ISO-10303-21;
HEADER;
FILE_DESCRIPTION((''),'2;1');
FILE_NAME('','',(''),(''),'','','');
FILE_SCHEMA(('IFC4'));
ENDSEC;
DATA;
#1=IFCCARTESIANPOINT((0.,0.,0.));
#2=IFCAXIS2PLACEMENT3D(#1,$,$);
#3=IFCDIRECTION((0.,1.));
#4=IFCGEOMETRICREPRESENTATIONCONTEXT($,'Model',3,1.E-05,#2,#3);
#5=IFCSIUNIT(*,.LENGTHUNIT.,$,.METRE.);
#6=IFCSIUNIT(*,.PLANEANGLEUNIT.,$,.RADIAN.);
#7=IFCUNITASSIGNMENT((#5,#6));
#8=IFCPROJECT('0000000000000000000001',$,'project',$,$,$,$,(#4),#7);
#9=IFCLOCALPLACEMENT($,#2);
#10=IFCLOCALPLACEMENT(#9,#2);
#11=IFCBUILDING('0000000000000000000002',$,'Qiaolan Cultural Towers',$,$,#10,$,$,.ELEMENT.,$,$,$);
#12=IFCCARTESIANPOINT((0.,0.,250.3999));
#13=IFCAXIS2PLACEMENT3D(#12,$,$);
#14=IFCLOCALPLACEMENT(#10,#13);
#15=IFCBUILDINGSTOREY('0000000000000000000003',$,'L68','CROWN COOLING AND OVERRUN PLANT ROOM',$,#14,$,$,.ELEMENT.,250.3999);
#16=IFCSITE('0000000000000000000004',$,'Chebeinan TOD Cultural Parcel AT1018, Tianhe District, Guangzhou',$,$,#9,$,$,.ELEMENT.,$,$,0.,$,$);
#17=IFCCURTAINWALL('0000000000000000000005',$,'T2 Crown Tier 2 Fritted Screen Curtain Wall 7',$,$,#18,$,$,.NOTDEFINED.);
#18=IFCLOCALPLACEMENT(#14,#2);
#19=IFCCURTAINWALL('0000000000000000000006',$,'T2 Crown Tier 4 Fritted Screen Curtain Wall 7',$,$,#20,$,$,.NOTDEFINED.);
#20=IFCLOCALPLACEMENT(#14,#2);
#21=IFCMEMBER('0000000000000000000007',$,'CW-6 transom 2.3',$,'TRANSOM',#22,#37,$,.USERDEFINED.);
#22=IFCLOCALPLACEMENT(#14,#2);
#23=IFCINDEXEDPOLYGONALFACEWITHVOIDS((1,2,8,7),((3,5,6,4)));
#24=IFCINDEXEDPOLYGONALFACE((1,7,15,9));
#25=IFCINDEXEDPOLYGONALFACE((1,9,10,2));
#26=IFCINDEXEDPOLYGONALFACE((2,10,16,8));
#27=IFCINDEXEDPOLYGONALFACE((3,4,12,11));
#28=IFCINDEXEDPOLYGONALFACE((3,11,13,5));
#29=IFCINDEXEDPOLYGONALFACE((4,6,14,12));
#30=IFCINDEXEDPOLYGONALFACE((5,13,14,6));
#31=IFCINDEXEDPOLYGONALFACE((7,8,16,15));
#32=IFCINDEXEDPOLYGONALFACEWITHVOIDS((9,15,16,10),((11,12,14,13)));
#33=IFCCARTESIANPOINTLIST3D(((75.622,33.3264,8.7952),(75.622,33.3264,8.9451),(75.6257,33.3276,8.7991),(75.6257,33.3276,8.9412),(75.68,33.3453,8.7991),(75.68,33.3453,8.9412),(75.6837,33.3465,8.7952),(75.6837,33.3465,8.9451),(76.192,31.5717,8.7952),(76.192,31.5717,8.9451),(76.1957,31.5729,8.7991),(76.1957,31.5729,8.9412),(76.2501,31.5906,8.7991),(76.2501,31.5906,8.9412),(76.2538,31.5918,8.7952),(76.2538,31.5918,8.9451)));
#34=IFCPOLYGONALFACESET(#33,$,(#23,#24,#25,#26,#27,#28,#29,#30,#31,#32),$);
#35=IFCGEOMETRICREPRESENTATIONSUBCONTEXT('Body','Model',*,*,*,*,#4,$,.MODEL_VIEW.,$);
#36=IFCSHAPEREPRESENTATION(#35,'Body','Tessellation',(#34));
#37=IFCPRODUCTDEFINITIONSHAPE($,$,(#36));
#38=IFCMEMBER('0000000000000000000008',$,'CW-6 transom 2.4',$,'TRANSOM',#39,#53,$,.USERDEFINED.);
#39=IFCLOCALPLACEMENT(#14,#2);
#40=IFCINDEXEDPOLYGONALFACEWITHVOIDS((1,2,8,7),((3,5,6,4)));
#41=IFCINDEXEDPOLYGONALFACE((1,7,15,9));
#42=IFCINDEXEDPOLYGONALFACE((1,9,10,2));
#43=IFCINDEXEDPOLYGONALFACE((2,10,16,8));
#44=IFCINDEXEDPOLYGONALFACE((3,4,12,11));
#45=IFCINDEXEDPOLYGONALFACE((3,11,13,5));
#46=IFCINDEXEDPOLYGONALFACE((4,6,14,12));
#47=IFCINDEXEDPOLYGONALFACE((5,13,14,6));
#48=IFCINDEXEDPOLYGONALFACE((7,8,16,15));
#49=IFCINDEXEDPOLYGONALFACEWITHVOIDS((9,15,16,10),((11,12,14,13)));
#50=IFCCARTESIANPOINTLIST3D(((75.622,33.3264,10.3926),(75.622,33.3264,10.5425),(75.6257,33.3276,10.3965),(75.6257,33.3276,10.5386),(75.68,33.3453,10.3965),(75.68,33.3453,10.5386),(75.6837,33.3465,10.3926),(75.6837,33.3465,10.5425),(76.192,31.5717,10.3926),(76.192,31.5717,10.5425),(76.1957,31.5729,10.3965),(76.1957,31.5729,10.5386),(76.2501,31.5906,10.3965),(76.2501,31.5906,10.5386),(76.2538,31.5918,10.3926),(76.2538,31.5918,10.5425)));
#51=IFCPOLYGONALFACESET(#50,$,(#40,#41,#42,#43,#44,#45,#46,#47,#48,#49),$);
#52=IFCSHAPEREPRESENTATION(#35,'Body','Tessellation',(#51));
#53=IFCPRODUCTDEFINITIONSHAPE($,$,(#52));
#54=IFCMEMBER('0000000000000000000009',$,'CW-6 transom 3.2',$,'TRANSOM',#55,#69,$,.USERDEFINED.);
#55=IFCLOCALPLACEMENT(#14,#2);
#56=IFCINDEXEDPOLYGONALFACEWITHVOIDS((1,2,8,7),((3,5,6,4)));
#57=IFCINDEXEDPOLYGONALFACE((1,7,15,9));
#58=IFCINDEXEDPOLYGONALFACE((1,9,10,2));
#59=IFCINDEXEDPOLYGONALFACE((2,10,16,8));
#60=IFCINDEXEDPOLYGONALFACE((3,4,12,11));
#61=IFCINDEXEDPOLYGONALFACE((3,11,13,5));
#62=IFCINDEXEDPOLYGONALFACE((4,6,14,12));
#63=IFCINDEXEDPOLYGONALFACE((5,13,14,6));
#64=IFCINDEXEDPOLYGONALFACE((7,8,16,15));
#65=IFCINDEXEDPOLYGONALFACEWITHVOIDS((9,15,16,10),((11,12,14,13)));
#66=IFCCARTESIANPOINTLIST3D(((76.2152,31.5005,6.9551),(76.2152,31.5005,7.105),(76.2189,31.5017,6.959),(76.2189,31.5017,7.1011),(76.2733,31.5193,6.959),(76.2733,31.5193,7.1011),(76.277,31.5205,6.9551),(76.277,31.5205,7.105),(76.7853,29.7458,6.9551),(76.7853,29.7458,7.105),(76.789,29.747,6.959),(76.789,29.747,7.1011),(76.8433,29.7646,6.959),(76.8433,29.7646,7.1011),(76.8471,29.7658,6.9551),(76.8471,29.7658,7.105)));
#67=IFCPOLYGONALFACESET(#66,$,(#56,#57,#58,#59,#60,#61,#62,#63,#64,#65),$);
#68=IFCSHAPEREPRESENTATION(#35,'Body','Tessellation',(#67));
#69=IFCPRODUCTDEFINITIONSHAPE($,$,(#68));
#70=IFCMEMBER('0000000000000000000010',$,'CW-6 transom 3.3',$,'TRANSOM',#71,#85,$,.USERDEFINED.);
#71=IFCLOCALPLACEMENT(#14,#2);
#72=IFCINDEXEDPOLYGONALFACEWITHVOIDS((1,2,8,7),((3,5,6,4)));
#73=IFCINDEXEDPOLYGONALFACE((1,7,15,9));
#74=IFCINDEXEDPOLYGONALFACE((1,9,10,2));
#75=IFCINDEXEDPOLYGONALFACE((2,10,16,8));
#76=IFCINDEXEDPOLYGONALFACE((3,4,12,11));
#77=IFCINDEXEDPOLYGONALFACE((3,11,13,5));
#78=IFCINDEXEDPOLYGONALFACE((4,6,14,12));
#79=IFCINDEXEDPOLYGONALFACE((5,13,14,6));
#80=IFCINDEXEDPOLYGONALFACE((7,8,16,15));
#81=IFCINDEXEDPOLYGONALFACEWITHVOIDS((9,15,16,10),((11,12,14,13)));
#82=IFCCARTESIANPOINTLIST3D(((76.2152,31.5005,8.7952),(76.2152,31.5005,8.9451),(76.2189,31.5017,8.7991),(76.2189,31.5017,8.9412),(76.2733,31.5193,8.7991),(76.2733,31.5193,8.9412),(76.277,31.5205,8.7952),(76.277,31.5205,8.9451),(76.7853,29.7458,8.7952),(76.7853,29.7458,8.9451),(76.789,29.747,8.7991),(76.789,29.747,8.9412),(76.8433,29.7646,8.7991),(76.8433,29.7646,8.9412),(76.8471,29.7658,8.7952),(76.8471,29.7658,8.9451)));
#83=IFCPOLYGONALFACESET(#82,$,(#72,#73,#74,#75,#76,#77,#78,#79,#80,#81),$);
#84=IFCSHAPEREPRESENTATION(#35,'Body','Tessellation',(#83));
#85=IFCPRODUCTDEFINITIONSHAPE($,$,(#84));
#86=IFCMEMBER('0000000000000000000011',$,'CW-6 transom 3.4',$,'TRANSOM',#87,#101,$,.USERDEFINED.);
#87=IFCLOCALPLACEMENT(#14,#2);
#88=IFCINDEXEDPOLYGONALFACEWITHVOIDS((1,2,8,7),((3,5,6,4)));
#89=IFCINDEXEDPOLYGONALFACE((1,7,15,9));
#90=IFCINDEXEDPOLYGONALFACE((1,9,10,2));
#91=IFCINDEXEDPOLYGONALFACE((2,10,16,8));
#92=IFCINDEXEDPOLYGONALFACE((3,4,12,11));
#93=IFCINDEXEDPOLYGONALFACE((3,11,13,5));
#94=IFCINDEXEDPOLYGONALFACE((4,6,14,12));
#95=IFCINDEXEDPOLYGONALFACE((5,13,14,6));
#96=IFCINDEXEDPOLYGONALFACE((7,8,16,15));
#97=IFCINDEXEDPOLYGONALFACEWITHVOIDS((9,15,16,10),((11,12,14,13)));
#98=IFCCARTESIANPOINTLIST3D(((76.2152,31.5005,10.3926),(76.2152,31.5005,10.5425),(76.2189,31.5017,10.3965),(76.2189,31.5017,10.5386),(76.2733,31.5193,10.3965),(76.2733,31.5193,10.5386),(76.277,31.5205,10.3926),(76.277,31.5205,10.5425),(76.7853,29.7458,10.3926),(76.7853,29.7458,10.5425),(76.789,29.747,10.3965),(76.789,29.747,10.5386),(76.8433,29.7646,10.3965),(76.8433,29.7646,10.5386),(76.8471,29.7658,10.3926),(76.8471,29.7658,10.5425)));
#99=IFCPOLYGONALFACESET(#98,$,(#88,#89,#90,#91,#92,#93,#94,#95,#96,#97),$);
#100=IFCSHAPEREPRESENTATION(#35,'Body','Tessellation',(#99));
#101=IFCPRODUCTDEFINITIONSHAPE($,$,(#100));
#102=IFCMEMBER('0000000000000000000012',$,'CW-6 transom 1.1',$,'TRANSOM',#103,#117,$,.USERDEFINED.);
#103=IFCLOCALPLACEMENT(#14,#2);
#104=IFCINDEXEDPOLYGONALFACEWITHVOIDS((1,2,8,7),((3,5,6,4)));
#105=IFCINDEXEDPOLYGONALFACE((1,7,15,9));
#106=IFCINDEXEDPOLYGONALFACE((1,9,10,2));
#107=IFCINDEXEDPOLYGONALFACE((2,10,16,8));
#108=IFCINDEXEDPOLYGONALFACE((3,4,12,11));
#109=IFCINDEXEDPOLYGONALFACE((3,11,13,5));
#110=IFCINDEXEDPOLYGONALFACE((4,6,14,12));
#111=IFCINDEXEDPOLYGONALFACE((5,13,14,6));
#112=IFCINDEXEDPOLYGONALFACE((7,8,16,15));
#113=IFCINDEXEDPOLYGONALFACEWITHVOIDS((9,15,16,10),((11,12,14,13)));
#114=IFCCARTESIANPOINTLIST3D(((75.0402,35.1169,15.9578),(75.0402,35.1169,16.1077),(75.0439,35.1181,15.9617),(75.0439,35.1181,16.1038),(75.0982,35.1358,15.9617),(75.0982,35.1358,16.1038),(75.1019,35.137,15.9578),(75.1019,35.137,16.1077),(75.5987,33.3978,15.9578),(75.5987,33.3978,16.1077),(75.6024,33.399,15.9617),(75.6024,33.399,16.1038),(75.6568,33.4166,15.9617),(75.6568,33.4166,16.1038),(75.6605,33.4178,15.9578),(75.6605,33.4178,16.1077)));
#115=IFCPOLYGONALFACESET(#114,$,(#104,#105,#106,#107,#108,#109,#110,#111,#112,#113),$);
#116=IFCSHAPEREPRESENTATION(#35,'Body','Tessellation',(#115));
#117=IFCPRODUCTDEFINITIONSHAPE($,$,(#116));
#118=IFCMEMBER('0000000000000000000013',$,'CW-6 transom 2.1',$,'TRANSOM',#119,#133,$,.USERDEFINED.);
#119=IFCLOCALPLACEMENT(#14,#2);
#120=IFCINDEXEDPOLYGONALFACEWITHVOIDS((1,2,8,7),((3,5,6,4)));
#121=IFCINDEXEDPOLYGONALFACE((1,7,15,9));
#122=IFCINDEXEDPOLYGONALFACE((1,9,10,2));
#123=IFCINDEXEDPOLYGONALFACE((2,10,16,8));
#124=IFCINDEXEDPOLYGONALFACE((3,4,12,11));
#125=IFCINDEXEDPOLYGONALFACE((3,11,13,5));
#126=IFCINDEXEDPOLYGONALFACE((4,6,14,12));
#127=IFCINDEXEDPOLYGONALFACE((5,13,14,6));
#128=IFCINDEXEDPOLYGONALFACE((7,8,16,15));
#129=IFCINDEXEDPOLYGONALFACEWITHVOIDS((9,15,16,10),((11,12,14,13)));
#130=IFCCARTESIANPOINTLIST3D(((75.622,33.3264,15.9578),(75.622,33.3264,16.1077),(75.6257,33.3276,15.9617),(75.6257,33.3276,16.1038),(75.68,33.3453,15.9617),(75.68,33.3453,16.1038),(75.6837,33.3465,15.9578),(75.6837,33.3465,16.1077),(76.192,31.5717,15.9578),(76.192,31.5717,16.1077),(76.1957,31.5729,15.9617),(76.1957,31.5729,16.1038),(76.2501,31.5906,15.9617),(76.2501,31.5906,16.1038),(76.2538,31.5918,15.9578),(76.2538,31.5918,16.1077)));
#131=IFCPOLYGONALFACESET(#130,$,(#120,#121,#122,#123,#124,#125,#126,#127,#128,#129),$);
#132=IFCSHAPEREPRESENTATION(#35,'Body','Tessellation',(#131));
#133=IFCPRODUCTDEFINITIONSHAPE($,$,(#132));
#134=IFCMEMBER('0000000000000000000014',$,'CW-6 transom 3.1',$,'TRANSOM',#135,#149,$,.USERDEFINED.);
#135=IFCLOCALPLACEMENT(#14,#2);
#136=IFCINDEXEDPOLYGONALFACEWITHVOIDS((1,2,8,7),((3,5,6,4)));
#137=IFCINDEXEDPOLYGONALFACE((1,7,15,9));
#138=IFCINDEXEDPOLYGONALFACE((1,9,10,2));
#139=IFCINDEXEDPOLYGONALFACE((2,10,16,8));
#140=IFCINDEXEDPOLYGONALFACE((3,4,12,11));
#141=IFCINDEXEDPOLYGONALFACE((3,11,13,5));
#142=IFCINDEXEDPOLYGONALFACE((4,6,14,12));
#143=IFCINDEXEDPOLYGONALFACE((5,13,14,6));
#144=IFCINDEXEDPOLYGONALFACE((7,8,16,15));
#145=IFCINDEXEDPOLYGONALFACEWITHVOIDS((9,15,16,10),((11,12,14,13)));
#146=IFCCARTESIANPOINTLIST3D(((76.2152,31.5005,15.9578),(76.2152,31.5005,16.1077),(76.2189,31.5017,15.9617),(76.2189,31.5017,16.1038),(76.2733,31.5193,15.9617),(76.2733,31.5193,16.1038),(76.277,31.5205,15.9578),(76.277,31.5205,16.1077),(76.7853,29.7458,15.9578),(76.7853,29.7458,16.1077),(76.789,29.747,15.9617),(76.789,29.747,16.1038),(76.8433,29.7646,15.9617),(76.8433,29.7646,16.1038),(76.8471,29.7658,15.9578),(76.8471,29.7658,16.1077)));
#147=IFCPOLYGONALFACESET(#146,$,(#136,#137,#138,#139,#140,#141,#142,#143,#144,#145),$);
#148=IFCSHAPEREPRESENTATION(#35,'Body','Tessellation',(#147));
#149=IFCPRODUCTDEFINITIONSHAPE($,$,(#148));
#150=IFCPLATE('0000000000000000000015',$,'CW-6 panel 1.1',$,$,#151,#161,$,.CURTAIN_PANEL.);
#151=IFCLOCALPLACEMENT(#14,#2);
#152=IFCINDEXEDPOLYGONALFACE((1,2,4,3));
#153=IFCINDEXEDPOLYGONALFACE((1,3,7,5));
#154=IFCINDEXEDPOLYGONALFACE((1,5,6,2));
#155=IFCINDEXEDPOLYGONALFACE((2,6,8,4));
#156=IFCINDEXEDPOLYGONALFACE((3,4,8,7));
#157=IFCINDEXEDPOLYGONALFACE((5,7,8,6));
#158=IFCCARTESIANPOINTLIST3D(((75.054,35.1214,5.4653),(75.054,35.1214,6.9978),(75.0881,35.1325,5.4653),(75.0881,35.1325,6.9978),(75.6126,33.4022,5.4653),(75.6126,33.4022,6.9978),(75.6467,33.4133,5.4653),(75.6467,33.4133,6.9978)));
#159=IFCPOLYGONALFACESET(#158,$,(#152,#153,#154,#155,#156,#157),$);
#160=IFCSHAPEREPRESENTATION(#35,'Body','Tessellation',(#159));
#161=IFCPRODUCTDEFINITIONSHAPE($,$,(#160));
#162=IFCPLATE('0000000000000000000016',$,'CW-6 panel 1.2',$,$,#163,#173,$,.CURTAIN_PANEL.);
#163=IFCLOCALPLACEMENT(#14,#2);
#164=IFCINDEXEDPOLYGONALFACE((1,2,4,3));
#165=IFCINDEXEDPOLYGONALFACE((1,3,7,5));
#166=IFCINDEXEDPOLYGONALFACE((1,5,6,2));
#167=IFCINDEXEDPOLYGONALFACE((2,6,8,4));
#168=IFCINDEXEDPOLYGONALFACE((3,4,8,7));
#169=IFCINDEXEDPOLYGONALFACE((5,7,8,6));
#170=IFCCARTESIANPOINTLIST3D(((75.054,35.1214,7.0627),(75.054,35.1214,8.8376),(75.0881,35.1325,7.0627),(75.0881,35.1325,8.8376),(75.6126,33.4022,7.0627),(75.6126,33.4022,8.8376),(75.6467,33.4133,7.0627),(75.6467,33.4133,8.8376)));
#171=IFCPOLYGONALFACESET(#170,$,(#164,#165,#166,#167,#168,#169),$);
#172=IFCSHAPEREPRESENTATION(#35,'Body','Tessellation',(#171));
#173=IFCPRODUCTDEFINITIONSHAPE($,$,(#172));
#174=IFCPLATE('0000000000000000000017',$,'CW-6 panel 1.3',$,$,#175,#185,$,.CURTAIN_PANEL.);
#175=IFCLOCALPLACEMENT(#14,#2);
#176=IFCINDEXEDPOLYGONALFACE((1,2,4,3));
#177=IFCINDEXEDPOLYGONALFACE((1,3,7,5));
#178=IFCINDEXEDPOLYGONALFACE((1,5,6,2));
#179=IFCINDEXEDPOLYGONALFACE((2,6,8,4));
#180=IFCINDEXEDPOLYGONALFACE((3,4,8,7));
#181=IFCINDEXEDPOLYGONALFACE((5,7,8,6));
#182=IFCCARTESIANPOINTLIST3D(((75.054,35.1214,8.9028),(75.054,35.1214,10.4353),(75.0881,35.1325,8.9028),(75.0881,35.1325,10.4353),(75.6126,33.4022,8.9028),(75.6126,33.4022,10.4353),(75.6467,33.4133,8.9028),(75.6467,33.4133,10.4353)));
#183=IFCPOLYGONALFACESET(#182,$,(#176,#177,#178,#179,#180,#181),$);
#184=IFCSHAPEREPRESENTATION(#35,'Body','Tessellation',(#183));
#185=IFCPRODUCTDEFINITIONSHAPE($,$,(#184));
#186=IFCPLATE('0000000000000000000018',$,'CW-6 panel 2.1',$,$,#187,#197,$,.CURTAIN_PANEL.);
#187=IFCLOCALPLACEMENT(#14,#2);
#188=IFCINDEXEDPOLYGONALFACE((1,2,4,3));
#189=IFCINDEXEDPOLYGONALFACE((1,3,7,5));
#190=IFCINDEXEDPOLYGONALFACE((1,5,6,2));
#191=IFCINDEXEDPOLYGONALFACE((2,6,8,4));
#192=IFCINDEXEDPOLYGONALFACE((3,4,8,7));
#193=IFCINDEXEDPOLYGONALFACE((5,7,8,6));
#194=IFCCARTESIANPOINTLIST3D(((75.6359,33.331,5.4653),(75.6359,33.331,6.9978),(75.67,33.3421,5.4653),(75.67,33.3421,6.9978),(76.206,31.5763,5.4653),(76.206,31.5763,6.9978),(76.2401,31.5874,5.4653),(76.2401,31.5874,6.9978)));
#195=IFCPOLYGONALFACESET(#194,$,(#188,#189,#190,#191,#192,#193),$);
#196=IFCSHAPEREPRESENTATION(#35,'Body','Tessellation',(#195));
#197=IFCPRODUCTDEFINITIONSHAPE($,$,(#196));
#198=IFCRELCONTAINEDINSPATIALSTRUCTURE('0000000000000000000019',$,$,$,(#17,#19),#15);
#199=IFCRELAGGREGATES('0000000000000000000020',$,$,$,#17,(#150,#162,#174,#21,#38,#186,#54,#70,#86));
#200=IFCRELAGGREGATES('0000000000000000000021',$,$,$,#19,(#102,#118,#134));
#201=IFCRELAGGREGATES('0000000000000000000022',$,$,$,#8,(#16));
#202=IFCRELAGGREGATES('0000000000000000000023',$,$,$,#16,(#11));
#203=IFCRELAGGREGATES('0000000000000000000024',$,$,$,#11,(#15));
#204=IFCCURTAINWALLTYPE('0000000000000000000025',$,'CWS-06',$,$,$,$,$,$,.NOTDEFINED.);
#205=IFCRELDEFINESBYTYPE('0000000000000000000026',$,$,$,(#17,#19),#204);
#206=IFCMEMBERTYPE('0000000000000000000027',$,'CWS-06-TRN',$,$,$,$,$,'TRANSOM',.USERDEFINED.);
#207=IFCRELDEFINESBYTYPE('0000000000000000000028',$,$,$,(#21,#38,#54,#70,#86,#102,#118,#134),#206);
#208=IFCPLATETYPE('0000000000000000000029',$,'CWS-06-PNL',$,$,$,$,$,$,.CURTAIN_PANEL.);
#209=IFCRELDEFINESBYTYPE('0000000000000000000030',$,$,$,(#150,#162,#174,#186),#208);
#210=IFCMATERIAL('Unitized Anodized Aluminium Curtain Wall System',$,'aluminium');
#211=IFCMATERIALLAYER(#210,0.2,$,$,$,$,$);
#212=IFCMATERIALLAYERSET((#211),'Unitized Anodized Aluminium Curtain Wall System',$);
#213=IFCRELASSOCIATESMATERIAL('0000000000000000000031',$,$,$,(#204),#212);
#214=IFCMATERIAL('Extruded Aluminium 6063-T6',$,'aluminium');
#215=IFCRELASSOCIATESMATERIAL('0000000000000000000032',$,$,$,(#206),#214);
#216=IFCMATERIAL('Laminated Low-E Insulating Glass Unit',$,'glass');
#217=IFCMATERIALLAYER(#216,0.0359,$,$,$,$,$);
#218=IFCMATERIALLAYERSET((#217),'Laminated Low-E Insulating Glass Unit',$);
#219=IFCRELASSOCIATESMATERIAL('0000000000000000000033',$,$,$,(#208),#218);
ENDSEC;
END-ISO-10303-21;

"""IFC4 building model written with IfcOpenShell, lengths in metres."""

from ifc_helpers import new_model, si_unit, direction, frame, origin, origin_2d, place, context, subcontext, project, spatial, rectangle, hollow_rectangle, extrude, material, layer, layer_set, material_profile, profile_set, type_object, element, aggregate, save


model = new_model("IFC4")

# Units and contexts
model_context = context("Model", 3, precision=1e-05, world=origin(), true_north=direction((0.0, 1.0)))
body_context = subcontext(model_context, "Body", "Model", "MODEL_VIEW")
ifc_project = project(units=[si_unit("LENGTHUNIT", "METRE"), si_unit("PLANEANGLEUNIT", "RADIAN")], contexts=[model_context])

# Site, building, storey
site_placement = place(None, origin())
site = spatial("IfcSite", under=ifc_project, at=site_placement, Name="Chebeinan TOD Cultural Parcel AT1018, Tianhe District, Guangzhou", CompositionType="ELEMENT", RefElevation=0.0)
building_placement = place(site_placement, origin())
building = spatial("IfcBuilding", under=site, at=building_placement, Name="Qiaolan Cultural Towers", CompositionType="ELEMENT")
storey_placement = place(building_placement, frame((0.0, 0.0, 250.3999)))
storey = spatial("IfcBuildingStorey", under=building, at=storey_placement, Name="L68", Description="CROWN COOLING AND OVERRUN PLANT ROOM", CompositionType="ELEMENT", Elevation=250.3999)

# Curtain walls
ifc_material_1 = material(Name="Unitized Anodized Aluminium Curtain Wall System", Category="aluminium")
ifc_layer_1 = layer(ifc_material_1, 0.2)
ifc_layer_set_1 = layer_set([ifc_layer_1], Name="Unitized Anodized Aluminium Curtain Wall System")
curtain_wall_type = type_object("IfcCurtainWallType", Name="CWS-06", PredefinedType="NOTDEFINED", material=ifc_layer_set_1)
curtain_wall_1_placement = place(storey_placement, origin())
curtain_wall_1 = element("IfcCurtainWall", 1, at=curtain_wall_1_placement, inside=storey, type_object=curtain_wall_type, Name="T2 Crown Tier 2 Fritted Screen Curtain Wall 7", PredefinedType="NOTDEFINED")
curtain_wall_2_placement = place(storey_placement, origin())
curtain_wall_2 = element("IfcCurtainWall", 2, at=curtain_wall_2_placement, inside=storey, type_object=curtain_wall_type, Name="T2 Crown Tier 4 Fritted Screen Curtain Wall 7", PredefinedType="NOTDEFINED")

# Members
ifc_material_2 = material(Name="Extruded Aluminium 6063-T6", Category="aluminium")
ifc_material_profile_1 = material_profile(ifc_material_2, hollow_rectangle(XDim=0.0649, YDim=0.1499, WallThickness=0.0039, at=origin_2d()), Name="CWT-150x65x4")
ifc_profile_set_1 = profile_set([ifc_material_profile_1], Name="Extruded Aluminium 6063-T6")
member_type_1 = type_object("IfcMemberType", Name="CWS-06-TRN", ElementType="TRANSOM", PredefinedType="USERDEFINED", material=ifc_profile_set_1)
member_1_placement = place(storey_placement, frame((75.6528, 33.3364, 8.8701), z_axis=(0.308993, -0.951064, 0.0), x_axis=(0.951064, 0.308993, 0.0)))
member_1 = element("IfcMember", 3, at=member_1_placement, type_object=member_type_1, Name="CW-6 transom 2.3", ObjectType="TRANSOM", PredefinedType="USERDEFINED", context=body_context, shape_type="SweptSolid", body=[
    extrude(hollow_rectangle(XDim=0.0649, YDim=0.1499, WallThickness=0.0039, at=origin_2d()), origin(), (0.0, 0.0, 1.0), 1.845),
])
member_2_placement = place(storey_placement, frame((75.6528, 33.3364, 10.4675), z_axis=(0.308993, -0.951064, 0.0), x_axis=(0.951064, 0.308993, 0.0)))
member_2 = element("IfcMember", 4, at=member_2_placement, type_object=member_type_1, Name="CW-6 transom 2.4", ObjectType="TRANSOM", PredefinedType="USERDEFINED", context=body_context, shape_type="SweptSolid", body=[
    extrude(hollow_rectangle(XDim=0.0649, YDim=0.1499, WallThickness=0.0039, at=origin_2d()), origin(), (0.0, 0.0, 1.0), 1.845),
])
member_3_placement = place(storey_placement, frame((76.2461, 31.5105, 7.03), z_axis=(0.308993, -0.951064, 0.0), x_axis=(0.951064, 0.308993, 0.0)))
member_3 = element("IfcMember", 5, at=member_3_placement, type_object=member_type_1, Name="CW-6 transom 3.2", ObjectType="TRANSOM", PredefinedType="USERDEFINED", context=body_context, shape_type="SweptSolid", body=[
    extrude(hollow_rectangle(XDim=0.0649, YDim=0.1499, WallThickness=0.0039, at=origin_2d()), origin(), (0.0, 0.0, 1.0), 1.845),
])
member_4_placement = place(storey_placement, frame((76.2461, 31.5105, 8.8701), z_axis=(0.308993, -0.951064, 0.0), x_axis=(0.951064, 0.308993, 0.0)))
member_4 = element("IfcMember", 6, at=member_4_placement, type_object=member_type_1, Name="CW-6 transom 3.3", ObjectType="TRANSOM", PredefinedType="USERDEFINED", context=body_context, shape_type="SweptSolid", body=[
    extrude(hollow_rectangle(XDim=0.0649, YDim=0.1499, WallThickness=0.0039, at=origin_2d()), origin(), (0.0, 0.0, 1.0), 1.845),
])
member_5_placement = place(storey_placement, frame((76.2461, 31.5105, 10.4675), z_axis=(0.308993, -0.951064, 0.0), x_axis=(0.951064, 0.308993, 0.0)))
member_5 = element("IfcMember", 7, at=member_5_placement, type_object=member_type_1, Name="CW-6 transom 3.4", ObjectType="TRANSOM", PredefinedType="USERDEFINED", context=body_context, shape_type="SweptSolid", body=[
    extrude(hollow_rectangle(XDim=0.0649, YDim=0.1499, WallThickness=0.0039, at=origin_2d()), origin(), (0.0, 0.0, 1.0), 1.845),
])
member_6_placement = place(storey_placement, frame((75.071, 35.127, 16.0327), z_axis=(0.309007, -0.95106, 0.0), x_axis=(0.95106, 0.309007, 0.0)))
member_6 = element("IfcMember", 8, at=member_6_placement, type_object=member_type_1, Name="CW-6 transom 1.1", ObjectType="TRANSOM", PredefinedType="USERDEFINED", context=body_context, shape_type="SweptSolid", body=[
    extrude(hollow_rectangle(XDim=0.0649, YDim=0.1499, WallThickness=0.0039, at=origin_2d()), origin(), (0.0, 0.0, 1.0), 1.8076),
])
member_7_placement = place(storey_placement, frame((75.6528, 33.3364, 16.0327), z_axis=(0.308993, -0.951064, 0.0), x_axis=(0.951064, 0.308993, 0.0)))
member_7 = element("IfcMember", 9, at=member_7_placement, type_object=member_type_1, Name="CW-6 transom 2.1", ObjectType="TRANSOM", PredefinedType="USERDEFINED", context=body_context, shape_type="SweptSolid", body=[
    extrude(hollow_rectangle(XDim=0.0649, YDim=0.1499, WallThickness=0.0039, at=origin_2d()), origin(), (0.0, 0.0, 1.0), 1.845),
])
member_8_placement = place(storey_placement, frame((76.2461, 31.5105, 16.0327), z_axis=(0.308993, -0.951064, 0.0), x_axis=(0.951064, 0.308993, 0.0)))
member_8 = element("IfcMember", 10, at=member_8_placement, type_object=member_type_1, Name="CW-6 transom 3.1", ObjectType="TRANSOM", PredefinedType="USERDEFINED", context=body_context, shape_type="SweptSolid", body=[
    extrude(hollow_rectangle(XDim=0.0649, YDim=0.1499, WallThickness=0.0039, at=origin_2d()), origin(), (0.0, 0.0, 1.0), 1.845),
])

# Plates
ifc_material_3 = material(Name="Laminated Low-E Insulating Glass Unit", Category="glass")
ifc_layer_2 = layer(ifc_material_3, 0.0359)
ifc_layer_set_2 = layer_set([ifc_layer_2], Name="Laminated Low-E Insulating Glass Unit")
plate_type = type_object("IfcPlateType", Name="CWS-06-PNL", PredefinedType="CURTAIN_PANEL", material=ifc_layer_set_2)
plate_1_placement = place(storey_placement, frame((75.3503, 34.2673, 5.4653), z_axis=(0.0, 0.0, 1.0), x_axis=(0.309017, -0.951057, 0.0)))
plate_1 = element("IfcPlate", 11, at=plate_1_placement, type_object=plate_type, Name="CW-6 panel 1.1", PredefinedType="CURTAIN_PANEL", context=body_context, shape_type="SweptSolid", body=[
    extrude(rectangle(XDim=1.8076, YDim=0.0359, at=origin_2d()), origin(), (0.0, 0.0, 1.0), 1.5325),
])
plate_2_placement = place(storey_placement, frame((75.3503, 34.2673, 7.0627), z_axis=(0.0, 0.0, 1.0), x_axis=(0.309017, -0.951057, 0.0)))
plate_2 = element("IfcPlate", 12, at=plate_2_placement, type_object=plate_type, Name="CW-6 panel 1.2", PredefinedType="CURTAIN_PANEL", context=body_context, shape_type="SweptSolid", body=[
    extrude(rectangle(XDim=1.8076, YDim=0.0359, at=origin_2d()), origin(), (0.0, 0.0, 1.0), 1.7749),
])
plate_3_placement = place(storey_placement, frame((75.3503, 34.2673, 8.9028), z_axis=(0.0, 0.0, 1.0), x_axis=(0.309017, -0.951057, 0.0)))
plate_3 = element("IfcPlate", 13, at=plate_3_placement, type_object=plate_type, Name="CW-6 panel 1.3", PredefinedType="CURTAIN_PANEL", context=body_context, shape_type="SweptSolid", body=[
    extrude(rectangle(XDim=1.8076, YDim=0.0359, at=origin_2d()), origin(), (0.0, 0.0, 1.0), 1.5325),
])
plate_4_placement = place(storey_placement, frame((75.938, 32.4592, 5.4653), z_axis=(0.0, 0.0, 1.0), x_axis=(0.309017, -0.951057, 0.0)))
plate_4 = element("IfcPlate", 14, at=plate_4_placement, type_object=plate_type, Name="CW-6 panel 2.1", PredefinedType="CURTAIN_PANEL", context=body_context, shape_type="SweptSolid", body=[
    extrude(rectangle(XDim=1.845, YDim=0.0359, at=origin_2d()), origin(), (0.0, 0.0, 1.0), 1.5325),
])
aggregate(curtain_wall_1, [plate_1, plate_2, plate_3, member_1, member_2, plate_4, member_3, member_4, member_5])
aggregate(curtain_wall_2, [member_6, member_7, member_8])

save(model, "model.ifc")
